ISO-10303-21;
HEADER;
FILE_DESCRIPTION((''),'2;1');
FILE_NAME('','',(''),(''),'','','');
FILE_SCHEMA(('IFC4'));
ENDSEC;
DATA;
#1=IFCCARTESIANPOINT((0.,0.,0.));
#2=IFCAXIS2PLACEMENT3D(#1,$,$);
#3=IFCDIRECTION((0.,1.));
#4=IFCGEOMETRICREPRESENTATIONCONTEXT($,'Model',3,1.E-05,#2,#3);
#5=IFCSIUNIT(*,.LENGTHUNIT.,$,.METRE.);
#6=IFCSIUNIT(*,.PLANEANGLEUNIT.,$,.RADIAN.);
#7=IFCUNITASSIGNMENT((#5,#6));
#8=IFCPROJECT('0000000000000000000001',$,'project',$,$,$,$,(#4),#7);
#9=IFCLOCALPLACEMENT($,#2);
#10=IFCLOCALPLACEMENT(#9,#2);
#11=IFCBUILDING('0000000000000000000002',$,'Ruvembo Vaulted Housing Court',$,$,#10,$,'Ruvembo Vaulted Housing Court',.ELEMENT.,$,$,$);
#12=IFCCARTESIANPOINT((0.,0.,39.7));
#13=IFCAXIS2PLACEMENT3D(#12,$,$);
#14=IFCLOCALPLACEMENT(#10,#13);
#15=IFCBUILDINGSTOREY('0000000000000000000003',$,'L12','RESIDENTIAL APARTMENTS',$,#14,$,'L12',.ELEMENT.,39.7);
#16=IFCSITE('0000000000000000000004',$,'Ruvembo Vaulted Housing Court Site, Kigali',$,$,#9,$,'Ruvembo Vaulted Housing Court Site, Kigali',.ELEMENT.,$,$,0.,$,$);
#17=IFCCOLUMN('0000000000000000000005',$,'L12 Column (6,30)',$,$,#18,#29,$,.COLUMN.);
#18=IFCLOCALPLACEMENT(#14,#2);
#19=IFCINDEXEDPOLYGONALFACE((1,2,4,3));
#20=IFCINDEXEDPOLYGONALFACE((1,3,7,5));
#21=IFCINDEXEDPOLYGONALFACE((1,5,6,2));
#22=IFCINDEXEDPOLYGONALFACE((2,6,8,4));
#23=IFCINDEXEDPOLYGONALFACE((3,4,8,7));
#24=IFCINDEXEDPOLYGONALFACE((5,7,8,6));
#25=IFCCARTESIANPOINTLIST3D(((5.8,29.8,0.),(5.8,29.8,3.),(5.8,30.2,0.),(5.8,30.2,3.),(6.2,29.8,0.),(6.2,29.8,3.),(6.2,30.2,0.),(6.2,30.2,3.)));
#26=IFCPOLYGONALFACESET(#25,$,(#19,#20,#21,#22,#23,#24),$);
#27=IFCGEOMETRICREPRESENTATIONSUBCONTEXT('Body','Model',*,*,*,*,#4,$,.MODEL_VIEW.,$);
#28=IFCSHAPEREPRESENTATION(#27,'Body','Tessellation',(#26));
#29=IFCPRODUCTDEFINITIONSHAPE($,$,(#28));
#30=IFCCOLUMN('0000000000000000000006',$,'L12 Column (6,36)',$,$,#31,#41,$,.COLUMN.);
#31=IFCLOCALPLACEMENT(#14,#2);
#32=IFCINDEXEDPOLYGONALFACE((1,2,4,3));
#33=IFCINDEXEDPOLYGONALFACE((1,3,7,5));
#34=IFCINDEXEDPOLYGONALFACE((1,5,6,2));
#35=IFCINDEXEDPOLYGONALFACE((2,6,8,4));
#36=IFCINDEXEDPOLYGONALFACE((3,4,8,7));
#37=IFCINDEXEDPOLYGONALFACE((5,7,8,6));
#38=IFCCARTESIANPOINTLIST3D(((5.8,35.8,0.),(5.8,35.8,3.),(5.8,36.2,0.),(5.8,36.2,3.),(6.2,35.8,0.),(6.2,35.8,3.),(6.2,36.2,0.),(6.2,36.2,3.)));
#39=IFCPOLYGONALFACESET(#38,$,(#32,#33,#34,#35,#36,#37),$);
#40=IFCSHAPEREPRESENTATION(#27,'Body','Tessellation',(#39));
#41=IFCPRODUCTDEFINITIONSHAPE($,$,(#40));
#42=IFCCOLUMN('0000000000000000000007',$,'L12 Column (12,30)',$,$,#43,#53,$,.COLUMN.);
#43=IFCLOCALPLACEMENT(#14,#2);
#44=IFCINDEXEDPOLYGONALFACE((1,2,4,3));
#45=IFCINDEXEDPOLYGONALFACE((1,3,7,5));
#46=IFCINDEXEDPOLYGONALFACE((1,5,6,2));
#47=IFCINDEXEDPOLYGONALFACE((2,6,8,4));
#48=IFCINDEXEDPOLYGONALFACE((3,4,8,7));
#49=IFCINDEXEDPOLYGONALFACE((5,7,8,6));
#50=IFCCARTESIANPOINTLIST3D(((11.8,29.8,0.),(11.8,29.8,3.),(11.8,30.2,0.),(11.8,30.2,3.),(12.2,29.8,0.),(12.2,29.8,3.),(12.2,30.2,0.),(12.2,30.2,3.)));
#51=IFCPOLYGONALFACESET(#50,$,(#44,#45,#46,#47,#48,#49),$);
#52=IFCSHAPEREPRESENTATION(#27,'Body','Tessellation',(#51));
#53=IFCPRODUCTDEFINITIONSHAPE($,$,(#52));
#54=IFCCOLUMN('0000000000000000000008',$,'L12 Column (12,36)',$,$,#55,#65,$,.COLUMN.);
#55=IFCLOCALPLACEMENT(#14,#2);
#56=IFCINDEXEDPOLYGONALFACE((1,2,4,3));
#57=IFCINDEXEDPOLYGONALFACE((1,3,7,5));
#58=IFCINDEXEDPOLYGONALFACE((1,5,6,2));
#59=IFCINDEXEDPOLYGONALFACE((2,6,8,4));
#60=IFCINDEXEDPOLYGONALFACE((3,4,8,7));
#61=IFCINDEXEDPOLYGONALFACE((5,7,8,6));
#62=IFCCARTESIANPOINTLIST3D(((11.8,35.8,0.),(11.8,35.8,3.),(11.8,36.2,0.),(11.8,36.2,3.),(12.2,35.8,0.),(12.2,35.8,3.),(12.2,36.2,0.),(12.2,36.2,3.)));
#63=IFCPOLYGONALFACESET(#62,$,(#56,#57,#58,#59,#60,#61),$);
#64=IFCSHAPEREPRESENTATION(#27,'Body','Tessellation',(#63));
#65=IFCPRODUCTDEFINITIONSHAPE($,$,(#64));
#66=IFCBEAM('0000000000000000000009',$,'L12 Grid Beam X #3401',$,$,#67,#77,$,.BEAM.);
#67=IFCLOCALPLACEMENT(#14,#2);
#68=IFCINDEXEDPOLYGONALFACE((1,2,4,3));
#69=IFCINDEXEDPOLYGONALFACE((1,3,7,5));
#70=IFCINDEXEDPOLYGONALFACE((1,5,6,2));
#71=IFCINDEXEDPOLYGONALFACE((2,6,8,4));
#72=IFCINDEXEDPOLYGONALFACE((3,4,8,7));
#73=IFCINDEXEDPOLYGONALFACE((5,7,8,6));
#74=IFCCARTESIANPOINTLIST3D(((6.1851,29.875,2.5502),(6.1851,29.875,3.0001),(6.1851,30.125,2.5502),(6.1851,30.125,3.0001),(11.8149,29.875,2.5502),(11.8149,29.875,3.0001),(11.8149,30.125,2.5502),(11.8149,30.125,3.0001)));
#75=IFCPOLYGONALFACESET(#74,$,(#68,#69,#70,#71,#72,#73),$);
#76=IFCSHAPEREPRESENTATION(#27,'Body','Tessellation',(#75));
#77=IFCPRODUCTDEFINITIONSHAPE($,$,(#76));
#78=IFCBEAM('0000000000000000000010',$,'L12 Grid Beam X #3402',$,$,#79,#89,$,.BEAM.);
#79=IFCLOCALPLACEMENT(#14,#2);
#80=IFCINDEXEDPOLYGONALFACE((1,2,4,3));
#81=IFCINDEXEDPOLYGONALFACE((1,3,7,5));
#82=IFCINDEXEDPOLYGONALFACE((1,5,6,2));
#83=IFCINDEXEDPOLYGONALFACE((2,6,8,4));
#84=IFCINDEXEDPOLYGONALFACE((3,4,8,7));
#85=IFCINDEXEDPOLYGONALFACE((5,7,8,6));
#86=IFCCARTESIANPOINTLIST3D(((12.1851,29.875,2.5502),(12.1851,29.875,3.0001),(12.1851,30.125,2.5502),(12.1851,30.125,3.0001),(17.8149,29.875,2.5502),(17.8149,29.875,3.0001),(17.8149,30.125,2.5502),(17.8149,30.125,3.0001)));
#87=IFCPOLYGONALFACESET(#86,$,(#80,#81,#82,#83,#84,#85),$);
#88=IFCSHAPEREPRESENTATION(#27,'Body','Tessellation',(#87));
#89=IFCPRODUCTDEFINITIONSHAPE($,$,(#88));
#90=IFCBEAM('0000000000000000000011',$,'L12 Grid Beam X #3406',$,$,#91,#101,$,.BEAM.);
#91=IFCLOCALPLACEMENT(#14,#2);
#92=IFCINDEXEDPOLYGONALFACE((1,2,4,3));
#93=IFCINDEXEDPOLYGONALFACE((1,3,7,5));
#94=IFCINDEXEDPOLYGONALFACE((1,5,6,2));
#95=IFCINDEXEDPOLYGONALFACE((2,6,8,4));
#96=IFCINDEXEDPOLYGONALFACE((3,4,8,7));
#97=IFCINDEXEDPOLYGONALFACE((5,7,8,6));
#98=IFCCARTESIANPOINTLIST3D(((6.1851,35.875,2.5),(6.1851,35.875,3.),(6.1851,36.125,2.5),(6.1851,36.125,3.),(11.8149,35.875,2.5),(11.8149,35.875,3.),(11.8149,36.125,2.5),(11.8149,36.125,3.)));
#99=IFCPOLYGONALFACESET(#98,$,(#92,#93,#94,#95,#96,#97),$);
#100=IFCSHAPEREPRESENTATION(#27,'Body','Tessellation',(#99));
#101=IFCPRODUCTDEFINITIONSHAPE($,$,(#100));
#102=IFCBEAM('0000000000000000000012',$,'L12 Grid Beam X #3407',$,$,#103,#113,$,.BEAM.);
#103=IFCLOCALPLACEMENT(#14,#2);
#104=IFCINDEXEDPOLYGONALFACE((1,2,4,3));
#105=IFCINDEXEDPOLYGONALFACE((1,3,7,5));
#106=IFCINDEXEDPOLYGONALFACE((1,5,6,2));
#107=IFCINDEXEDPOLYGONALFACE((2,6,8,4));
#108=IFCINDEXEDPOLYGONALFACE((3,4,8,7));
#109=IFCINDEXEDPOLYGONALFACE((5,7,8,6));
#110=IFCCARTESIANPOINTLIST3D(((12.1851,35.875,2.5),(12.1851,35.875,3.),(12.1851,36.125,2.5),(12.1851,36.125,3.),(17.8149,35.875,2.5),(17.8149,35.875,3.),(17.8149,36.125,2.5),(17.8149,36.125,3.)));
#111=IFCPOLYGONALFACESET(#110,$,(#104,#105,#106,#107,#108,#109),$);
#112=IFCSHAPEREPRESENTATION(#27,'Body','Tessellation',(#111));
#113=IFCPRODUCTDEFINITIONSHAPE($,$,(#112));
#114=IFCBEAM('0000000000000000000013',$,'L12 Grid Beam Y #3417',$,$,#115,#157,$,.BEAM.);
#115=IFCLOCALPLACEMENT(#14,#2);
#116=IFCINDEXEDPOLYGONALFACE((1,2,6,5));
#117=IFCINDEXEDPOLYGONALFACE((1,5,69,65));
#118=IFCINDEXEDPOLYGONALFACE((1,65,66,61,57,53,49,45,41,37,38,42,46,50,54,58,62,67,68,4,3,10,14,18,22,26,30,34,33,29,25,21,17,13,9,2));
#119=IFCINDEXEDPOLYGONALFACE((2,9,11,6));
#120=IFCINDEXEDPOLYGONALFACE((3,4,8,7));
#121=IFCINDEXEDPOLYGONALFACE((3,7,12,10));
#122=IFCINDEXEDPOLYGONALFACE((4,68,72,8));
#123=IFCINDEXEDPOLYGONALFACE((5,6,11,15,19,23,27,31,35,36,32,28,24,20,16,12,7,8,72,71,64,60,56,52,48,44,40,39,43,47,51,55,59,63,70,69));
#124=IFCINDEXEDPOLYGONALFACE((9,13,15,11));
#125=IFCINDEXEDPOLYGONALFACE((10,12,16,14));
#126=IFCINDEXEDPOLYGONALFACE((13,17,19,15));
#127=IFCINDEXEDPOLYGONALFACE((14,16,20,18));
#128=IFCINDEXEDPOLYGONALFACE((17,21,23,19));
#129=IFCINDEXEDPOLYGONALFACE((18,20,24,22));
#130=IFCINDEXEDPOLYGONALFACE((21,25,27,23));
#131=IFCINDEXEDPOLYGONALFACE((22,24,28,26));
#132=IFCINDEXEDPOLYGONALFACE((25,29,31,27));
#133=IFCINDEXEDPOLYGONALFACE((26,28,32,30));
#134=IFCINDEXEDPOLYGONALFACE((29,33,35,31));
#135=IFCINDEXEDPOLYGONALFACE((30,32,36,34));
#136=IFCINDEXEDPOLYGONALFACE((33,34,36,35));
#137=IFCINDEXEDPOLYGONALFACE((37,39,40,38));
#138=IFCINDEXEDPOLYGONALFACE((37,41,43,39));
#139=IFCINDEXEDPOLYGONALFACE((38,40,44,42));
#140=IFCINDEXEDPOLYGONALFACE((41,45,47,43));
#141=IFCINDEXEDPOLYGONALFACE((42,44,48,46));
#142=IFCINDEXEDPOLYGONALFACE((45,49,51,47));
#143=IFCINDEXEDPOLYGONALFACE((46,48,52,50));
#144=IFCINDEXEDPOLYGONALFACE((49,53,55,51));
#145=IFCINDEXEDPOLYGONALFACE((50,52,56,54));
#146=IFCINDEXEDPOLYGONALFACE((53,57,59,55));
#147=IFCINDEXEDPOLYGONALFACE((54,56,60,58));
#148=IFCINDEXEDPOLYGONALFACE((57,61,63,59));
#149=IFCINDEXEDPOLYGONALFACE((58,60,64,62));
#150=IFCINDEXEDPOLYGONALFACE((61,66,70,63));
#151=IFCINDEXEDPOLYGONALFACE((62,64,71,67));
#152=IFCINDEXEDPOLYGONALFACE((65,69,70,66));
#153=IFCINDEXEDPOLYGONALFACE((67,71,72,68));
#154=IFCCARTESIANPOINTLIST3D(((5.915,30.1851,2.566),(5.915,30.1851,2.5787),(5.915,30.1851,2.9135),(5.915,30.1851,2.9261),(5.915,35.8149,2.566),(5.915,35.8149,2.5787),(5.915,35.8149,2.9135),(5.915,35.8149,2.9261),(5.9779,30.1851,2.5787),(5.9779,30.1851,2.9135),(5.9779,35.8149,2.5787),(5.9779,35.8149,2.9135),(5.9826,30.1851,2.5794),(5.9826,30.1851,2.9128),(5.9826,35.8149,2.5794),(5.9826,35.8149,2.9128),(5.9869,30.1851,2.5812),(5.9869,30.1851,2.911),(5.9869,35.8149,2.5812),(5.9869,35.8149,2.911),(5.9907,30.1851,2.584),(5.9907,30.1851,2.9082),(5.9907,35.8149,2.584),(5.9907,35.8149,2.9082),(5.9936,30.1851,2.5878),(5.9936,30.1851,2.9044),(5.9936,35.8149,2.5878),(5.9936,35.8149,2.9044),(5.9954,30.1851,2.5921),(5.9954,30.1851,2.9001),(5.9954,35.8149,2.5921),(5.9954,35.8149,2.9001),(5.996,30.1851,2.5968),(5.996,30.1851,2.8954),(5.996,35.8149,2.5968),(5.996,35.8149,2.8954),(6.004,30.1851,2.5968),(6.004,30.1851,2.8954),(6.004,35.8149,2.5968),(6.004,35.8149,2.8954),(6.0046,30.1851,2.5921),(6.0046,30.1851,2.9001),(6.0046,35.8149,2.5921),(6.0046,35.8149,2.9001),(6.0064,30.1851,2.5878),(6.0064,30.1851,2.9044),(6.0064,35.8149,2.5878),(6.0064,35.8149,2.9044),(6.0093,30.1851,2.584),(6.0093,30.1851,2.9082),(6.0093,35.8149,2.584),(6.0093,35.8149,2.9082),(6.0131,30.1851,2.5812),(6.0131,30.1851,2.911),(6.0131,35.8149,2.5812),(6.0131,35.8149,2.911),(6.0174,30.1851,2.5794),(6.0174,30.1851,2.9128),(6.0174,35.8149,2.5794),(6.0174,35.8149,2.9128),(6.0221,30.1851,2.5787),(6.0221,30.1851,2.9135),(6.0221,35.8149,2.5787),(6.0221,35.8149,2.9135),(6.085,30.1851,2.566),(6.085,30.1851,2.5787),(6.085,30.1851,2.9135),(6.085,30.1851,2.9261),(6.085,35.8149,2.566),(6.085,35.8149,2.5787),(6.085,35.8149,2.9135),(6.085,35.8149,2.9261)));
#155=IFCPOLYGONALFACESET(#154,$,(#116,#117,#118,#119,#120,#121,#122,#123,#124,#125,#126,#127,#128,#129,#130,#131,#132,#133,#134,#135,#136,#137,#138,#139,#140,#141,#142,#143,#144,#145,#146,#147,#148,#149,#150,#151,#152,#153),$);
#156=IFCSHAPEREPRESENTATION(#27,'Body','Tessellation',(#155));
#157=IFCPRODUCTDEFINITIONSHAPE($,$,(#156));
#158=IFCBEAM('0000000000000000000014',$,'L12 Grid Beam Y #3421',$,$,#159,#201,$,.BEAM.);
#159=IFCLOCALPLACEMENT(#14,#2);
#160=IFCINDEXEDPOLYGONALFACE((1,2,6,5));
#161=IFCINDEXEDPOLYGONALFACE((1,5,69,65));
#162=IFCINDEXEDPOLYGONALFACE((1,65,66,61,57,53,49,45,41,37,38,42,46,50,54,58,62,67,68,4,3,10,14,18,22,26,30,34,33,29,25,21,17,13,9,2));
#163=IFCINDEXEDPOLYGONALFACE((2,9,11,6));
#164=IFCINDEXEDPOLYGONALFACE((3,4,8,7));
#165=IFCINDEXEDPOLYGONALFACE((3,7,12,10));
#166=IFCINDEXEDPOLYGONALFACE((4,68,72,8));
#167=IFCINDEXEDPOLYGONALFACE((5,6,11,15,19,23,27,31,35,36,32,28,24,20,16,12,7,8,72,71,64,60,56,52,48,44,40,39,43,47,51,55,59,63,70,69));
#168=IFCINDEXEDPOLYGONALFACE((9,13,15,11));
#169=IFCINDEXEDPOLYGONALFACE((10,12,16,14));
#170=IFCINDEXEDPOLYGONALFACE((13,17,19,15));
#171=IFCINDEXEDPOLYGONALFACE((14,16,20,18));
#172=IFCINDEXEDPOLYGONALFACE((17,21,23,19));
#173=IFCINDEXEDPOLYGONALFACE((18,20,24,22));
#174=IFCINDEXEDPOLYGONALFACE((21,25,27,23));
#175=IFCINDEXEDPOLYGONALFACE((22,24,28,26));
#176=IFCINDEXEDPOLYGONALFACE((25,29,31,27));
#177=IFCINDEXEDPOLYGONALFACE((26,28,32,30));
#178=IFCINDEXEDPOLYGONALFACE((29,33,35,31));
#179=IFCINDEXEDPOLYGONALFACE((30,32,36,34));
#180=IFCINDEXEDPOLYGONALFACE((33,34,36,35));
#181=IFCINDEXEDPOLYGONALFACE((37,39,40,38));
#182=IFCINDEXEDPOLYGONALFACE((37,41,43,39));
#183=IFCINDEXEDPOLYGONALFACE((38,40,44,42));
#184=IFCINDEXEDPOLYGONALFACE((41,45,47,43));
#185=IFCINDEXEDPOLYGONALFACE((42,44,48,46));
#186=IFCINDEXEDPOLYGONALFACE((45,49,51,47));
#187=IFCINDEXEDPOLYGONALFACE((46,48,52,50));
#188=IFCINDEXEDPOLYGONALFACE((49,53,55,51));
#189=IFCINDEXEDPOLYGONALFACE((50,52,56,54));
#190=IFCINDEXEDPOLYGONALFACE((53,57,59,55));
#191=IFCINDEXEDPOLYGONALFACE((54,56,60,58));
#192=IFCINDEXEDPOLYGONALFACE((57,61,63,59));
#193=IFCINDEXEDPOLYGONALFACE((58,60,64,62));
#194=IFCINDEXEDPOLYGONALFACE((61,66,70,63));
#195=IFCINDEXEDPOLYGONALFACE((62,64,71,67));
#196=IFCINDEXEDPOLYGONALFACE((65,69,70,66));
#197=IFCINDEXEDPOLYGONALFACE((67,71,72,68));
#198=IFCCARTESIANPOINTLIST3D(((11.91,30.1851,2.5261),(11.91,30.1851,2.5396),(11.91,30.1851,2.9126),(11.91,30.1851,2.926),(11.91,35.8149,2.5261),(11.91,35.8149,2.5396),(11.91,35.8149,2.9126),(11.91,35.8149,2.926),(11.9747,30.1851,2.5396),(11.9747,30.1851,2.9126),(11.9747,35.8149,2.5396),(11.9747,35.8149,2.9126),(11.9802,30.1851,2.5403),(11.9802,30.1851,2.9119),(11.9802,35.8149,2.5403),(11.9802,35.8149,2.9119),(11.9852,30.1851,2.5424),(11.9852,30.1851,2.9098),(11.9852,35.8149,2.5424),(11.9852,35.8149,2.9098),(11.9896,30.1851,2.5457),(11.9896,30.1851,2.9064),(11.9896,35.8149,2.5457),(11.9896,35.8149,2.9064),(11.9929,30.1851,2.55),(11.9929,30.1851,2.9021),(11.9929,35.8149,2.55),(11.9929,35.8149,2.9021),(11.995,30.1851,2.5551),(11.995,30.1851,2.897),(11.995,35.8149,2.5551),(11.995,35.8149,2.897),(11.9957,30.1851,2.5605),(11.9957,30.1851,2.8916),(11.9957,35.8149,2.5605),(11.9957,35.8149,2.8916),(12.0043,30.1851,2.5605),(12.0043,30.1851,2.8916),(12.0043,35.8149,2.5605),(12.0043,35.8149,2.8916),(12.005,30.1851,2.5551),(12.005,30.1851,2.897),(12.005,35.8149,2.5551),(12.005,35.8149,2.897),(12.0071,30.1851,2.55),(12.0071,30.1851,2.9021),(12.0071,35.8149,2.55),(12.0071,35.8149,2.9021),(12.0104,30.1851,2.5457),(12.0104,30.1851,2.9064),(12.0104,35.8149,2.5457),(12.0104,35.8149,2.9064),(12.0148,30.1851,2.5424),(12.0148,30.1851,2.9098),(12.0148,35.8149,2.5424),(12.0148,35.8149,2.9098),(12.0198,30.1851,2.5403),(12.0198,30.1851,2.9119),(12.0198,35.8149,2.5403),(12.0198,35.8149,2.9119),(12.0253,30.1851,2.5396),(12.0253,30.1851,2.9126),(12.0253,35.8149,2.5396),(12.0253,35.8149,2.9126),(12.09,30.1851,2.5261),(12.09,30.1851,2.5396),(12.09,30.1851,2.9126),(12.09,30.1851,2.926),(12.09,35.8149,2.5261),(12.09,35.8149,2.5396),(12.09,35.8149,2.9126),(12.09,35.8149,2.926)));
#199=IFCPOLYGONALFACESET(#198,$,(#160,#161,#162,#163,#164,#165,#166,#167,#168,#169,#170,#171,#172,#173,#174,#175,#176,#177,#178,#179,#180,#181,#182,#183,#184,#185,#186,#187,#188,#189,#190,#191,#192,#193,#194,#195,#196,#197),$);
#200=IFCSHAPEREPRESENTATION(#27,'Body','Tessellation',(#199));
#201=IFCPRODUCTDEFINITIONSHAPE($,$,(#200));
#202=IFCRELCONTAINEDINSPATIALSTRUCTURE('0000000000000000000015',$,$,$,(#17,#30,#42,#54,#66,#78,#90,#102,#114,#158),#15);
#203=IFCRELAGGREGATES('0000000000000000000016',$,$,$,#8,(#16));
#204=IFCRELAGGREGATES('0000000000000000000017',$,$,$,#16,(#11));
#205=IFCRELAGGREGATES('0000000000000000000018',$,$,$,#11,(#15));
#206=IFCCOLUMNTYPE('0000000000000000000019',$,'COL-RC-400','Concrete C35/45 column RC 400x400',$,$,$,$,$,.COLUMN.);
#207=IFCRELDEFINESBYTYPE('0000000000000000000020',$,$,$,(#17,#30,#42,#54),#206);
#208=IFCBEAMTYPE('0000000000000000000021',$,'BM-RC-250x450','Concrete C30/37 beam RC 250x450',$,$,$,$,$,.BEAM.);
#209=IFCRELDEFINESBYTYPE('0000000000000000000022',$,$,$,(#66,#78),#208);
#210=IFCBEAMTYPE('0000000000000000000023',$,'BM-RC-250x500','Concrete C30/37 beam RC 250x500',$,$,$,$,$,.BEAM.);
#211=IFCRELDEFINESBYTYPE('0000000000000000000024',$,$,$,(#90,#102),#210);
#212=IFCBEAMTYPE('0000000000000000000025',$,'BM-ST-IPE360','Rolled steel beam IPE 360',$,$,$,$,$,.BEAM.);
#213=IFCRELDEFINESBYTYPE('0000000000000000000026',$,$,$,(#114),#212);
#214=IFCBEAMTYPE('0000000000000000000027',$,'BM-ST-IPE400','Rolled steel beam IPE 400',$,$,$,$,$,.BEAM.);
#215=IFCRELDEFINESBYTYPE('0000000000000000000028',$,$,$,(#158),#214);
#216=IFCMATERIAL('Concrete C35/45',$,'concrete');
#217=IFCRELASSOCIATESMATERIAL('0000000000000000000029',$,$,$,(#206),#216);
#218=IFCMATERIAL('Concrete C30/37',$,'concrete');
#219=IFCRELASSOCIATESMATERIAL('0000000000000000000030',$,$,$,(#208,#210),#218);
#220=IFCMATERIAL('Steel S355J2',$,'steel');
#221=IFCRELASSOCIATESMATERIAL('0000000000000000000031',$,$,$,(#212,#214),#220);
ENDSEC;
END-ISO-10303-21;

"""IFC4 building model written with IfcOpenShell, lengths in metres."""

from ifc_helpers import new_model, si_unit, direction, frame, origin, origin_2d, place, context, subcontext, project, spatial, rectangle, i_section, extrude, material, material_profile, profile_set, type_object, element, save


model = new_model("IFC4")

# Units and contexts
model_context = context("Model", 3, precision=1e-05, world=origin(), true_north=direction((0.0, 1.0)))
body_context = subcontext(model_context, "Body", "Model", "MODEL_VIEW")
ifc_project = project(units=[si_unit("LENGTHUNIT", "METRE"), si_unit("PLANEANGLEUNIT", "RADIAN")], contexts=[model_context])

# Site, building, storey
site_placement = place(None, origin())
site = spatial("IfcSite", under=ifc_project, at=site_placement, Name="Ruvembo Vaulted Housing Court Site, Kigali", LongName="Ruvembo Vaulted Housing Court Site, Kigali", CompositionType="ELEMENT", RefElevation=0.0)
building_placement = place(site_placement, origin())
building = spatial("IfcBuilding", under=site, at=building_placement, Name="Ruvembo Vaulted Housing Court", LongName="Ruvembo Vaulted Housing Court", CompositionType="ELEMENT")
storey_placement = place(building_placement, frame((0.0, 0.0, 39.7)))
storey = spatial("IfcBuildingStorey", under=building, at=storey_placement, Name="L12", Description="RESIDENTIAL APARTMENTS", LongName="L12", CompositionType="ELEMENT", Elevation=39.7)

# Columns
ifc_material_1 = material(Name="Concrete C35/45", Category="concrete")
ifc_material_profile_1 = material_profile(ifc_material_1, rectangle(XDim=0.3999, YDim=0.3999, at=origin_2d()), Name="RC 400x400")
ifc_profile_set_1 = profile_set([ifc_material_profile_1], Name="Concrete C35/45")
column_type = type_object("IfcColumnType", Name="COL-RC-400", Description="Concrete C35/45 column RC 400x400", PredefinedType="COLUMN", material=ifc_profile_set_1)
for number, where, z_axis, x_axis, name in (
    (1, (6.0, 30.0, 0.0), (0.0, 0.0, 1.0), (1.0, 0.0, 0.0), "L12 Column (6,30)"),
    (2, (6.0, 36.0, 0.0), (0.0, 0.0, 1.0), (1.0, 0.0, 0.0), "L12 Column (6,36)"),
    (3, (12.0, 30.0, 0.0), (0.0, 0.0, 1.0), (1.0, 0.0, 0.0), "L12 Column (12,30)"),
    (4, (12.0, 36.0, 0.0), (0.0, 0.0, 1.0), (1.0, 0.0, 0.0), "L12 Column (12,36)"),
):
    element("IfcColumn", number, at=place(storey_placement, frame(where, z_axis=z_axis, x_axis=x_axis)), inside=storey, type_object=column_type, Name=name, PredefinedType="COLUMN", context=body_context, shape_type="SweptSolid", body=[
        extrude(rectangle(XDim=0.3999, YDim=0.3999, at=origin_2d()), origin(), (0.0, 0.0, 1.0), 3.0),
    ])

# Beams
ifc_material_2 = material(Name="Concrete C30/37", Category="concrete")
ifc_material_profile_2 = material_profile(ifc_material_2, rectangle(XDim=0.25, YDim=0.45, at=origin_2d()), Name="RC 250x450")
ifc_profile_set_2 = profile_set([ifc_material_profile_2], Name="Concrete C30/37")
beam_type_1 = type_object("IfcBeamType", Name="BM-RC-250x450", Description="Concrete C30/37 beam RC 250x450", PredefinedType="BEAM", material=ifc_profile_set_2)
for number, where, z_axis, x_axis, name in (
    (5, (6.1851, 30.0, 2.7751), (1.0, 0.0, 0.0), (0.0, 1.0, 0.0), "L12 Grid Beam X #3401"),
    (6, (12.1851, 30.0, 2.7751), (1.0, 0.0, 0.0), (0.0, 1.0, 0.0), "L12 Grid Beam X #3402"),
):
    element("IfcBeam", number, at=place(storey_placement, frame(where, z_axis=z_axis, x_axis=x_axis)), inside=storey, type_object=beam_type_1, Name=name, PredefinedType="BEAM", context=body_context, shape_type="SweptSolid", body=[
        extrude(rectangle(XDim=0.25, YDim=0.45, at=origin_2d()), origin(), (0.0, 0.0, 1.0), 5.6299),
    ])
ifc_material_profile_3 = material_profile(ifc_material_2, rectangle(XDim=0.25, YDim=0.5, at=origin_2d()), Name="RC 250x500")
ifc_profile_set_3 = profile_set([ifc_material_profile_3], Name="Concrete C30/37")
beam_type_2 = type_object("IfcBeamType", Name="BM-RC-250x500", Description="Concrete C30/37 beam RC 250x500", PredefinedType="BEAM", material=ifc_profile_set_3)
for number, where, z_axis, x_axis, name in (
    (7, (6.1851, 36.0, 2.75), (1.0, 0.0, 0.0), (0.0, 1.0, 0.0), "L12 Grid Beam X #3406"),
    (8, (12.1851, 36.0, 2.75), (1.0, 0.0, 0.0), (0.0, 1.0, 0.0), "L12 Grid Beam X #3407"),
):
    element("IfcBeam", number, at=place(storey_placement, frame(where, z_axis=z_axis, x_axis=x_axis)), inside=storey, type_object=beam_type_2, Name=name, PredefinedType="BEAM", context=body_context, shape_type="SweptSolid", body=[
        extrude(rectangle(XDim=0.25, YDim=0.5, at=origin_2d()), origin(), (0.0, 0.0, 1.0), 5.6299),
    ])
ifc_material_3 = material(Name="Steel S355J2", Category="steel")
ifc_material_profile_4 = material_profile(ifc_material_3, i_section(OverallWidth=0.1699, OverallDepth=0.3601, WebThickness=0.0081, FlangeThickness=0.0127, FilletRadius=0.0181, at=origin_2d()), Name="IPE 360")
ifc_profile_set_4 = profile_set([ifc_material_profile_4], Name="Steel S355J2")
beam_type_3 = type_object("IfcBeamType", Name="BM-ST-IPE360", Description="Rolled steel beam IPE 360", PredefinedType="BEAM", material=ifc_profile_set_4)
beam_1_placement = place(storey_placement, frame((6.0, 30.1851, 2.7461), z_axis=(0.0, 1.0, 0.0), x_axis=(-1.0, 0.0, 0.0)))
element("IfcBeam", 9, at=beam_1_placement, inside=storey, type_object=beam_type_3, Name="L12 Grid Beam Y #3417", PredefinedType="BEAM", context=body_context, shape_type="SweptSolid", body=[
    extrude(i_section(OverallWidth=0.1699, OverallDepth=0.3601, WebThickness=0.0081, FlangeThickness=0.0127, FilletRadius=0.0181, at=origin_2d()), origin(), (0.0, 0.0, 1.0), 5.6299),
])
ifc_material_profile_5 = material_profile(ifc_material_3, i_section(OverallWidth=0.1799, OverallDepth=0.3999, WebThickness=0.0085, FlangeThickness=0.0134, FilletRadius=0.021, at=origin_2d()), Name="IPE 400")
ifc_profile_set_5 = profile_set([ifc_material_profile_5], Name="Steel S355J2")
beam_type_4 = type_object("IfcBeamType", Name="BM-ST-IPE400", Description="Rolled steel beam IPE 400", PredefinedType="BEAM", material=ifc_profile_set_5)
beam_2_placement = place(storey_placement, frame((12.0, 30.1851, 2.7261), z_axis=(0.0, 1.0, 0.0), x_axis=(-1.0, 0.0, 0.0)))
element("IfcBeam", 10, at=beam_2_placement, inside=storey, type_object=beam_type_4, Name="L12 Grid Beam Y #3421", PredefinedType="BEAM", context=body_context, shape_type="SweptSolid", body=[
    extrude(i_section(OverallWidth=0.1799, OverallDepth=0.3999, WebThickness=0.0085, FlangeThickness=0.0134, FilletRadius=0.021, at=origin_2d()), origin(), (0.0, 0.0, 1.0), 5.6299),
])

save(model, "model.ifc")
